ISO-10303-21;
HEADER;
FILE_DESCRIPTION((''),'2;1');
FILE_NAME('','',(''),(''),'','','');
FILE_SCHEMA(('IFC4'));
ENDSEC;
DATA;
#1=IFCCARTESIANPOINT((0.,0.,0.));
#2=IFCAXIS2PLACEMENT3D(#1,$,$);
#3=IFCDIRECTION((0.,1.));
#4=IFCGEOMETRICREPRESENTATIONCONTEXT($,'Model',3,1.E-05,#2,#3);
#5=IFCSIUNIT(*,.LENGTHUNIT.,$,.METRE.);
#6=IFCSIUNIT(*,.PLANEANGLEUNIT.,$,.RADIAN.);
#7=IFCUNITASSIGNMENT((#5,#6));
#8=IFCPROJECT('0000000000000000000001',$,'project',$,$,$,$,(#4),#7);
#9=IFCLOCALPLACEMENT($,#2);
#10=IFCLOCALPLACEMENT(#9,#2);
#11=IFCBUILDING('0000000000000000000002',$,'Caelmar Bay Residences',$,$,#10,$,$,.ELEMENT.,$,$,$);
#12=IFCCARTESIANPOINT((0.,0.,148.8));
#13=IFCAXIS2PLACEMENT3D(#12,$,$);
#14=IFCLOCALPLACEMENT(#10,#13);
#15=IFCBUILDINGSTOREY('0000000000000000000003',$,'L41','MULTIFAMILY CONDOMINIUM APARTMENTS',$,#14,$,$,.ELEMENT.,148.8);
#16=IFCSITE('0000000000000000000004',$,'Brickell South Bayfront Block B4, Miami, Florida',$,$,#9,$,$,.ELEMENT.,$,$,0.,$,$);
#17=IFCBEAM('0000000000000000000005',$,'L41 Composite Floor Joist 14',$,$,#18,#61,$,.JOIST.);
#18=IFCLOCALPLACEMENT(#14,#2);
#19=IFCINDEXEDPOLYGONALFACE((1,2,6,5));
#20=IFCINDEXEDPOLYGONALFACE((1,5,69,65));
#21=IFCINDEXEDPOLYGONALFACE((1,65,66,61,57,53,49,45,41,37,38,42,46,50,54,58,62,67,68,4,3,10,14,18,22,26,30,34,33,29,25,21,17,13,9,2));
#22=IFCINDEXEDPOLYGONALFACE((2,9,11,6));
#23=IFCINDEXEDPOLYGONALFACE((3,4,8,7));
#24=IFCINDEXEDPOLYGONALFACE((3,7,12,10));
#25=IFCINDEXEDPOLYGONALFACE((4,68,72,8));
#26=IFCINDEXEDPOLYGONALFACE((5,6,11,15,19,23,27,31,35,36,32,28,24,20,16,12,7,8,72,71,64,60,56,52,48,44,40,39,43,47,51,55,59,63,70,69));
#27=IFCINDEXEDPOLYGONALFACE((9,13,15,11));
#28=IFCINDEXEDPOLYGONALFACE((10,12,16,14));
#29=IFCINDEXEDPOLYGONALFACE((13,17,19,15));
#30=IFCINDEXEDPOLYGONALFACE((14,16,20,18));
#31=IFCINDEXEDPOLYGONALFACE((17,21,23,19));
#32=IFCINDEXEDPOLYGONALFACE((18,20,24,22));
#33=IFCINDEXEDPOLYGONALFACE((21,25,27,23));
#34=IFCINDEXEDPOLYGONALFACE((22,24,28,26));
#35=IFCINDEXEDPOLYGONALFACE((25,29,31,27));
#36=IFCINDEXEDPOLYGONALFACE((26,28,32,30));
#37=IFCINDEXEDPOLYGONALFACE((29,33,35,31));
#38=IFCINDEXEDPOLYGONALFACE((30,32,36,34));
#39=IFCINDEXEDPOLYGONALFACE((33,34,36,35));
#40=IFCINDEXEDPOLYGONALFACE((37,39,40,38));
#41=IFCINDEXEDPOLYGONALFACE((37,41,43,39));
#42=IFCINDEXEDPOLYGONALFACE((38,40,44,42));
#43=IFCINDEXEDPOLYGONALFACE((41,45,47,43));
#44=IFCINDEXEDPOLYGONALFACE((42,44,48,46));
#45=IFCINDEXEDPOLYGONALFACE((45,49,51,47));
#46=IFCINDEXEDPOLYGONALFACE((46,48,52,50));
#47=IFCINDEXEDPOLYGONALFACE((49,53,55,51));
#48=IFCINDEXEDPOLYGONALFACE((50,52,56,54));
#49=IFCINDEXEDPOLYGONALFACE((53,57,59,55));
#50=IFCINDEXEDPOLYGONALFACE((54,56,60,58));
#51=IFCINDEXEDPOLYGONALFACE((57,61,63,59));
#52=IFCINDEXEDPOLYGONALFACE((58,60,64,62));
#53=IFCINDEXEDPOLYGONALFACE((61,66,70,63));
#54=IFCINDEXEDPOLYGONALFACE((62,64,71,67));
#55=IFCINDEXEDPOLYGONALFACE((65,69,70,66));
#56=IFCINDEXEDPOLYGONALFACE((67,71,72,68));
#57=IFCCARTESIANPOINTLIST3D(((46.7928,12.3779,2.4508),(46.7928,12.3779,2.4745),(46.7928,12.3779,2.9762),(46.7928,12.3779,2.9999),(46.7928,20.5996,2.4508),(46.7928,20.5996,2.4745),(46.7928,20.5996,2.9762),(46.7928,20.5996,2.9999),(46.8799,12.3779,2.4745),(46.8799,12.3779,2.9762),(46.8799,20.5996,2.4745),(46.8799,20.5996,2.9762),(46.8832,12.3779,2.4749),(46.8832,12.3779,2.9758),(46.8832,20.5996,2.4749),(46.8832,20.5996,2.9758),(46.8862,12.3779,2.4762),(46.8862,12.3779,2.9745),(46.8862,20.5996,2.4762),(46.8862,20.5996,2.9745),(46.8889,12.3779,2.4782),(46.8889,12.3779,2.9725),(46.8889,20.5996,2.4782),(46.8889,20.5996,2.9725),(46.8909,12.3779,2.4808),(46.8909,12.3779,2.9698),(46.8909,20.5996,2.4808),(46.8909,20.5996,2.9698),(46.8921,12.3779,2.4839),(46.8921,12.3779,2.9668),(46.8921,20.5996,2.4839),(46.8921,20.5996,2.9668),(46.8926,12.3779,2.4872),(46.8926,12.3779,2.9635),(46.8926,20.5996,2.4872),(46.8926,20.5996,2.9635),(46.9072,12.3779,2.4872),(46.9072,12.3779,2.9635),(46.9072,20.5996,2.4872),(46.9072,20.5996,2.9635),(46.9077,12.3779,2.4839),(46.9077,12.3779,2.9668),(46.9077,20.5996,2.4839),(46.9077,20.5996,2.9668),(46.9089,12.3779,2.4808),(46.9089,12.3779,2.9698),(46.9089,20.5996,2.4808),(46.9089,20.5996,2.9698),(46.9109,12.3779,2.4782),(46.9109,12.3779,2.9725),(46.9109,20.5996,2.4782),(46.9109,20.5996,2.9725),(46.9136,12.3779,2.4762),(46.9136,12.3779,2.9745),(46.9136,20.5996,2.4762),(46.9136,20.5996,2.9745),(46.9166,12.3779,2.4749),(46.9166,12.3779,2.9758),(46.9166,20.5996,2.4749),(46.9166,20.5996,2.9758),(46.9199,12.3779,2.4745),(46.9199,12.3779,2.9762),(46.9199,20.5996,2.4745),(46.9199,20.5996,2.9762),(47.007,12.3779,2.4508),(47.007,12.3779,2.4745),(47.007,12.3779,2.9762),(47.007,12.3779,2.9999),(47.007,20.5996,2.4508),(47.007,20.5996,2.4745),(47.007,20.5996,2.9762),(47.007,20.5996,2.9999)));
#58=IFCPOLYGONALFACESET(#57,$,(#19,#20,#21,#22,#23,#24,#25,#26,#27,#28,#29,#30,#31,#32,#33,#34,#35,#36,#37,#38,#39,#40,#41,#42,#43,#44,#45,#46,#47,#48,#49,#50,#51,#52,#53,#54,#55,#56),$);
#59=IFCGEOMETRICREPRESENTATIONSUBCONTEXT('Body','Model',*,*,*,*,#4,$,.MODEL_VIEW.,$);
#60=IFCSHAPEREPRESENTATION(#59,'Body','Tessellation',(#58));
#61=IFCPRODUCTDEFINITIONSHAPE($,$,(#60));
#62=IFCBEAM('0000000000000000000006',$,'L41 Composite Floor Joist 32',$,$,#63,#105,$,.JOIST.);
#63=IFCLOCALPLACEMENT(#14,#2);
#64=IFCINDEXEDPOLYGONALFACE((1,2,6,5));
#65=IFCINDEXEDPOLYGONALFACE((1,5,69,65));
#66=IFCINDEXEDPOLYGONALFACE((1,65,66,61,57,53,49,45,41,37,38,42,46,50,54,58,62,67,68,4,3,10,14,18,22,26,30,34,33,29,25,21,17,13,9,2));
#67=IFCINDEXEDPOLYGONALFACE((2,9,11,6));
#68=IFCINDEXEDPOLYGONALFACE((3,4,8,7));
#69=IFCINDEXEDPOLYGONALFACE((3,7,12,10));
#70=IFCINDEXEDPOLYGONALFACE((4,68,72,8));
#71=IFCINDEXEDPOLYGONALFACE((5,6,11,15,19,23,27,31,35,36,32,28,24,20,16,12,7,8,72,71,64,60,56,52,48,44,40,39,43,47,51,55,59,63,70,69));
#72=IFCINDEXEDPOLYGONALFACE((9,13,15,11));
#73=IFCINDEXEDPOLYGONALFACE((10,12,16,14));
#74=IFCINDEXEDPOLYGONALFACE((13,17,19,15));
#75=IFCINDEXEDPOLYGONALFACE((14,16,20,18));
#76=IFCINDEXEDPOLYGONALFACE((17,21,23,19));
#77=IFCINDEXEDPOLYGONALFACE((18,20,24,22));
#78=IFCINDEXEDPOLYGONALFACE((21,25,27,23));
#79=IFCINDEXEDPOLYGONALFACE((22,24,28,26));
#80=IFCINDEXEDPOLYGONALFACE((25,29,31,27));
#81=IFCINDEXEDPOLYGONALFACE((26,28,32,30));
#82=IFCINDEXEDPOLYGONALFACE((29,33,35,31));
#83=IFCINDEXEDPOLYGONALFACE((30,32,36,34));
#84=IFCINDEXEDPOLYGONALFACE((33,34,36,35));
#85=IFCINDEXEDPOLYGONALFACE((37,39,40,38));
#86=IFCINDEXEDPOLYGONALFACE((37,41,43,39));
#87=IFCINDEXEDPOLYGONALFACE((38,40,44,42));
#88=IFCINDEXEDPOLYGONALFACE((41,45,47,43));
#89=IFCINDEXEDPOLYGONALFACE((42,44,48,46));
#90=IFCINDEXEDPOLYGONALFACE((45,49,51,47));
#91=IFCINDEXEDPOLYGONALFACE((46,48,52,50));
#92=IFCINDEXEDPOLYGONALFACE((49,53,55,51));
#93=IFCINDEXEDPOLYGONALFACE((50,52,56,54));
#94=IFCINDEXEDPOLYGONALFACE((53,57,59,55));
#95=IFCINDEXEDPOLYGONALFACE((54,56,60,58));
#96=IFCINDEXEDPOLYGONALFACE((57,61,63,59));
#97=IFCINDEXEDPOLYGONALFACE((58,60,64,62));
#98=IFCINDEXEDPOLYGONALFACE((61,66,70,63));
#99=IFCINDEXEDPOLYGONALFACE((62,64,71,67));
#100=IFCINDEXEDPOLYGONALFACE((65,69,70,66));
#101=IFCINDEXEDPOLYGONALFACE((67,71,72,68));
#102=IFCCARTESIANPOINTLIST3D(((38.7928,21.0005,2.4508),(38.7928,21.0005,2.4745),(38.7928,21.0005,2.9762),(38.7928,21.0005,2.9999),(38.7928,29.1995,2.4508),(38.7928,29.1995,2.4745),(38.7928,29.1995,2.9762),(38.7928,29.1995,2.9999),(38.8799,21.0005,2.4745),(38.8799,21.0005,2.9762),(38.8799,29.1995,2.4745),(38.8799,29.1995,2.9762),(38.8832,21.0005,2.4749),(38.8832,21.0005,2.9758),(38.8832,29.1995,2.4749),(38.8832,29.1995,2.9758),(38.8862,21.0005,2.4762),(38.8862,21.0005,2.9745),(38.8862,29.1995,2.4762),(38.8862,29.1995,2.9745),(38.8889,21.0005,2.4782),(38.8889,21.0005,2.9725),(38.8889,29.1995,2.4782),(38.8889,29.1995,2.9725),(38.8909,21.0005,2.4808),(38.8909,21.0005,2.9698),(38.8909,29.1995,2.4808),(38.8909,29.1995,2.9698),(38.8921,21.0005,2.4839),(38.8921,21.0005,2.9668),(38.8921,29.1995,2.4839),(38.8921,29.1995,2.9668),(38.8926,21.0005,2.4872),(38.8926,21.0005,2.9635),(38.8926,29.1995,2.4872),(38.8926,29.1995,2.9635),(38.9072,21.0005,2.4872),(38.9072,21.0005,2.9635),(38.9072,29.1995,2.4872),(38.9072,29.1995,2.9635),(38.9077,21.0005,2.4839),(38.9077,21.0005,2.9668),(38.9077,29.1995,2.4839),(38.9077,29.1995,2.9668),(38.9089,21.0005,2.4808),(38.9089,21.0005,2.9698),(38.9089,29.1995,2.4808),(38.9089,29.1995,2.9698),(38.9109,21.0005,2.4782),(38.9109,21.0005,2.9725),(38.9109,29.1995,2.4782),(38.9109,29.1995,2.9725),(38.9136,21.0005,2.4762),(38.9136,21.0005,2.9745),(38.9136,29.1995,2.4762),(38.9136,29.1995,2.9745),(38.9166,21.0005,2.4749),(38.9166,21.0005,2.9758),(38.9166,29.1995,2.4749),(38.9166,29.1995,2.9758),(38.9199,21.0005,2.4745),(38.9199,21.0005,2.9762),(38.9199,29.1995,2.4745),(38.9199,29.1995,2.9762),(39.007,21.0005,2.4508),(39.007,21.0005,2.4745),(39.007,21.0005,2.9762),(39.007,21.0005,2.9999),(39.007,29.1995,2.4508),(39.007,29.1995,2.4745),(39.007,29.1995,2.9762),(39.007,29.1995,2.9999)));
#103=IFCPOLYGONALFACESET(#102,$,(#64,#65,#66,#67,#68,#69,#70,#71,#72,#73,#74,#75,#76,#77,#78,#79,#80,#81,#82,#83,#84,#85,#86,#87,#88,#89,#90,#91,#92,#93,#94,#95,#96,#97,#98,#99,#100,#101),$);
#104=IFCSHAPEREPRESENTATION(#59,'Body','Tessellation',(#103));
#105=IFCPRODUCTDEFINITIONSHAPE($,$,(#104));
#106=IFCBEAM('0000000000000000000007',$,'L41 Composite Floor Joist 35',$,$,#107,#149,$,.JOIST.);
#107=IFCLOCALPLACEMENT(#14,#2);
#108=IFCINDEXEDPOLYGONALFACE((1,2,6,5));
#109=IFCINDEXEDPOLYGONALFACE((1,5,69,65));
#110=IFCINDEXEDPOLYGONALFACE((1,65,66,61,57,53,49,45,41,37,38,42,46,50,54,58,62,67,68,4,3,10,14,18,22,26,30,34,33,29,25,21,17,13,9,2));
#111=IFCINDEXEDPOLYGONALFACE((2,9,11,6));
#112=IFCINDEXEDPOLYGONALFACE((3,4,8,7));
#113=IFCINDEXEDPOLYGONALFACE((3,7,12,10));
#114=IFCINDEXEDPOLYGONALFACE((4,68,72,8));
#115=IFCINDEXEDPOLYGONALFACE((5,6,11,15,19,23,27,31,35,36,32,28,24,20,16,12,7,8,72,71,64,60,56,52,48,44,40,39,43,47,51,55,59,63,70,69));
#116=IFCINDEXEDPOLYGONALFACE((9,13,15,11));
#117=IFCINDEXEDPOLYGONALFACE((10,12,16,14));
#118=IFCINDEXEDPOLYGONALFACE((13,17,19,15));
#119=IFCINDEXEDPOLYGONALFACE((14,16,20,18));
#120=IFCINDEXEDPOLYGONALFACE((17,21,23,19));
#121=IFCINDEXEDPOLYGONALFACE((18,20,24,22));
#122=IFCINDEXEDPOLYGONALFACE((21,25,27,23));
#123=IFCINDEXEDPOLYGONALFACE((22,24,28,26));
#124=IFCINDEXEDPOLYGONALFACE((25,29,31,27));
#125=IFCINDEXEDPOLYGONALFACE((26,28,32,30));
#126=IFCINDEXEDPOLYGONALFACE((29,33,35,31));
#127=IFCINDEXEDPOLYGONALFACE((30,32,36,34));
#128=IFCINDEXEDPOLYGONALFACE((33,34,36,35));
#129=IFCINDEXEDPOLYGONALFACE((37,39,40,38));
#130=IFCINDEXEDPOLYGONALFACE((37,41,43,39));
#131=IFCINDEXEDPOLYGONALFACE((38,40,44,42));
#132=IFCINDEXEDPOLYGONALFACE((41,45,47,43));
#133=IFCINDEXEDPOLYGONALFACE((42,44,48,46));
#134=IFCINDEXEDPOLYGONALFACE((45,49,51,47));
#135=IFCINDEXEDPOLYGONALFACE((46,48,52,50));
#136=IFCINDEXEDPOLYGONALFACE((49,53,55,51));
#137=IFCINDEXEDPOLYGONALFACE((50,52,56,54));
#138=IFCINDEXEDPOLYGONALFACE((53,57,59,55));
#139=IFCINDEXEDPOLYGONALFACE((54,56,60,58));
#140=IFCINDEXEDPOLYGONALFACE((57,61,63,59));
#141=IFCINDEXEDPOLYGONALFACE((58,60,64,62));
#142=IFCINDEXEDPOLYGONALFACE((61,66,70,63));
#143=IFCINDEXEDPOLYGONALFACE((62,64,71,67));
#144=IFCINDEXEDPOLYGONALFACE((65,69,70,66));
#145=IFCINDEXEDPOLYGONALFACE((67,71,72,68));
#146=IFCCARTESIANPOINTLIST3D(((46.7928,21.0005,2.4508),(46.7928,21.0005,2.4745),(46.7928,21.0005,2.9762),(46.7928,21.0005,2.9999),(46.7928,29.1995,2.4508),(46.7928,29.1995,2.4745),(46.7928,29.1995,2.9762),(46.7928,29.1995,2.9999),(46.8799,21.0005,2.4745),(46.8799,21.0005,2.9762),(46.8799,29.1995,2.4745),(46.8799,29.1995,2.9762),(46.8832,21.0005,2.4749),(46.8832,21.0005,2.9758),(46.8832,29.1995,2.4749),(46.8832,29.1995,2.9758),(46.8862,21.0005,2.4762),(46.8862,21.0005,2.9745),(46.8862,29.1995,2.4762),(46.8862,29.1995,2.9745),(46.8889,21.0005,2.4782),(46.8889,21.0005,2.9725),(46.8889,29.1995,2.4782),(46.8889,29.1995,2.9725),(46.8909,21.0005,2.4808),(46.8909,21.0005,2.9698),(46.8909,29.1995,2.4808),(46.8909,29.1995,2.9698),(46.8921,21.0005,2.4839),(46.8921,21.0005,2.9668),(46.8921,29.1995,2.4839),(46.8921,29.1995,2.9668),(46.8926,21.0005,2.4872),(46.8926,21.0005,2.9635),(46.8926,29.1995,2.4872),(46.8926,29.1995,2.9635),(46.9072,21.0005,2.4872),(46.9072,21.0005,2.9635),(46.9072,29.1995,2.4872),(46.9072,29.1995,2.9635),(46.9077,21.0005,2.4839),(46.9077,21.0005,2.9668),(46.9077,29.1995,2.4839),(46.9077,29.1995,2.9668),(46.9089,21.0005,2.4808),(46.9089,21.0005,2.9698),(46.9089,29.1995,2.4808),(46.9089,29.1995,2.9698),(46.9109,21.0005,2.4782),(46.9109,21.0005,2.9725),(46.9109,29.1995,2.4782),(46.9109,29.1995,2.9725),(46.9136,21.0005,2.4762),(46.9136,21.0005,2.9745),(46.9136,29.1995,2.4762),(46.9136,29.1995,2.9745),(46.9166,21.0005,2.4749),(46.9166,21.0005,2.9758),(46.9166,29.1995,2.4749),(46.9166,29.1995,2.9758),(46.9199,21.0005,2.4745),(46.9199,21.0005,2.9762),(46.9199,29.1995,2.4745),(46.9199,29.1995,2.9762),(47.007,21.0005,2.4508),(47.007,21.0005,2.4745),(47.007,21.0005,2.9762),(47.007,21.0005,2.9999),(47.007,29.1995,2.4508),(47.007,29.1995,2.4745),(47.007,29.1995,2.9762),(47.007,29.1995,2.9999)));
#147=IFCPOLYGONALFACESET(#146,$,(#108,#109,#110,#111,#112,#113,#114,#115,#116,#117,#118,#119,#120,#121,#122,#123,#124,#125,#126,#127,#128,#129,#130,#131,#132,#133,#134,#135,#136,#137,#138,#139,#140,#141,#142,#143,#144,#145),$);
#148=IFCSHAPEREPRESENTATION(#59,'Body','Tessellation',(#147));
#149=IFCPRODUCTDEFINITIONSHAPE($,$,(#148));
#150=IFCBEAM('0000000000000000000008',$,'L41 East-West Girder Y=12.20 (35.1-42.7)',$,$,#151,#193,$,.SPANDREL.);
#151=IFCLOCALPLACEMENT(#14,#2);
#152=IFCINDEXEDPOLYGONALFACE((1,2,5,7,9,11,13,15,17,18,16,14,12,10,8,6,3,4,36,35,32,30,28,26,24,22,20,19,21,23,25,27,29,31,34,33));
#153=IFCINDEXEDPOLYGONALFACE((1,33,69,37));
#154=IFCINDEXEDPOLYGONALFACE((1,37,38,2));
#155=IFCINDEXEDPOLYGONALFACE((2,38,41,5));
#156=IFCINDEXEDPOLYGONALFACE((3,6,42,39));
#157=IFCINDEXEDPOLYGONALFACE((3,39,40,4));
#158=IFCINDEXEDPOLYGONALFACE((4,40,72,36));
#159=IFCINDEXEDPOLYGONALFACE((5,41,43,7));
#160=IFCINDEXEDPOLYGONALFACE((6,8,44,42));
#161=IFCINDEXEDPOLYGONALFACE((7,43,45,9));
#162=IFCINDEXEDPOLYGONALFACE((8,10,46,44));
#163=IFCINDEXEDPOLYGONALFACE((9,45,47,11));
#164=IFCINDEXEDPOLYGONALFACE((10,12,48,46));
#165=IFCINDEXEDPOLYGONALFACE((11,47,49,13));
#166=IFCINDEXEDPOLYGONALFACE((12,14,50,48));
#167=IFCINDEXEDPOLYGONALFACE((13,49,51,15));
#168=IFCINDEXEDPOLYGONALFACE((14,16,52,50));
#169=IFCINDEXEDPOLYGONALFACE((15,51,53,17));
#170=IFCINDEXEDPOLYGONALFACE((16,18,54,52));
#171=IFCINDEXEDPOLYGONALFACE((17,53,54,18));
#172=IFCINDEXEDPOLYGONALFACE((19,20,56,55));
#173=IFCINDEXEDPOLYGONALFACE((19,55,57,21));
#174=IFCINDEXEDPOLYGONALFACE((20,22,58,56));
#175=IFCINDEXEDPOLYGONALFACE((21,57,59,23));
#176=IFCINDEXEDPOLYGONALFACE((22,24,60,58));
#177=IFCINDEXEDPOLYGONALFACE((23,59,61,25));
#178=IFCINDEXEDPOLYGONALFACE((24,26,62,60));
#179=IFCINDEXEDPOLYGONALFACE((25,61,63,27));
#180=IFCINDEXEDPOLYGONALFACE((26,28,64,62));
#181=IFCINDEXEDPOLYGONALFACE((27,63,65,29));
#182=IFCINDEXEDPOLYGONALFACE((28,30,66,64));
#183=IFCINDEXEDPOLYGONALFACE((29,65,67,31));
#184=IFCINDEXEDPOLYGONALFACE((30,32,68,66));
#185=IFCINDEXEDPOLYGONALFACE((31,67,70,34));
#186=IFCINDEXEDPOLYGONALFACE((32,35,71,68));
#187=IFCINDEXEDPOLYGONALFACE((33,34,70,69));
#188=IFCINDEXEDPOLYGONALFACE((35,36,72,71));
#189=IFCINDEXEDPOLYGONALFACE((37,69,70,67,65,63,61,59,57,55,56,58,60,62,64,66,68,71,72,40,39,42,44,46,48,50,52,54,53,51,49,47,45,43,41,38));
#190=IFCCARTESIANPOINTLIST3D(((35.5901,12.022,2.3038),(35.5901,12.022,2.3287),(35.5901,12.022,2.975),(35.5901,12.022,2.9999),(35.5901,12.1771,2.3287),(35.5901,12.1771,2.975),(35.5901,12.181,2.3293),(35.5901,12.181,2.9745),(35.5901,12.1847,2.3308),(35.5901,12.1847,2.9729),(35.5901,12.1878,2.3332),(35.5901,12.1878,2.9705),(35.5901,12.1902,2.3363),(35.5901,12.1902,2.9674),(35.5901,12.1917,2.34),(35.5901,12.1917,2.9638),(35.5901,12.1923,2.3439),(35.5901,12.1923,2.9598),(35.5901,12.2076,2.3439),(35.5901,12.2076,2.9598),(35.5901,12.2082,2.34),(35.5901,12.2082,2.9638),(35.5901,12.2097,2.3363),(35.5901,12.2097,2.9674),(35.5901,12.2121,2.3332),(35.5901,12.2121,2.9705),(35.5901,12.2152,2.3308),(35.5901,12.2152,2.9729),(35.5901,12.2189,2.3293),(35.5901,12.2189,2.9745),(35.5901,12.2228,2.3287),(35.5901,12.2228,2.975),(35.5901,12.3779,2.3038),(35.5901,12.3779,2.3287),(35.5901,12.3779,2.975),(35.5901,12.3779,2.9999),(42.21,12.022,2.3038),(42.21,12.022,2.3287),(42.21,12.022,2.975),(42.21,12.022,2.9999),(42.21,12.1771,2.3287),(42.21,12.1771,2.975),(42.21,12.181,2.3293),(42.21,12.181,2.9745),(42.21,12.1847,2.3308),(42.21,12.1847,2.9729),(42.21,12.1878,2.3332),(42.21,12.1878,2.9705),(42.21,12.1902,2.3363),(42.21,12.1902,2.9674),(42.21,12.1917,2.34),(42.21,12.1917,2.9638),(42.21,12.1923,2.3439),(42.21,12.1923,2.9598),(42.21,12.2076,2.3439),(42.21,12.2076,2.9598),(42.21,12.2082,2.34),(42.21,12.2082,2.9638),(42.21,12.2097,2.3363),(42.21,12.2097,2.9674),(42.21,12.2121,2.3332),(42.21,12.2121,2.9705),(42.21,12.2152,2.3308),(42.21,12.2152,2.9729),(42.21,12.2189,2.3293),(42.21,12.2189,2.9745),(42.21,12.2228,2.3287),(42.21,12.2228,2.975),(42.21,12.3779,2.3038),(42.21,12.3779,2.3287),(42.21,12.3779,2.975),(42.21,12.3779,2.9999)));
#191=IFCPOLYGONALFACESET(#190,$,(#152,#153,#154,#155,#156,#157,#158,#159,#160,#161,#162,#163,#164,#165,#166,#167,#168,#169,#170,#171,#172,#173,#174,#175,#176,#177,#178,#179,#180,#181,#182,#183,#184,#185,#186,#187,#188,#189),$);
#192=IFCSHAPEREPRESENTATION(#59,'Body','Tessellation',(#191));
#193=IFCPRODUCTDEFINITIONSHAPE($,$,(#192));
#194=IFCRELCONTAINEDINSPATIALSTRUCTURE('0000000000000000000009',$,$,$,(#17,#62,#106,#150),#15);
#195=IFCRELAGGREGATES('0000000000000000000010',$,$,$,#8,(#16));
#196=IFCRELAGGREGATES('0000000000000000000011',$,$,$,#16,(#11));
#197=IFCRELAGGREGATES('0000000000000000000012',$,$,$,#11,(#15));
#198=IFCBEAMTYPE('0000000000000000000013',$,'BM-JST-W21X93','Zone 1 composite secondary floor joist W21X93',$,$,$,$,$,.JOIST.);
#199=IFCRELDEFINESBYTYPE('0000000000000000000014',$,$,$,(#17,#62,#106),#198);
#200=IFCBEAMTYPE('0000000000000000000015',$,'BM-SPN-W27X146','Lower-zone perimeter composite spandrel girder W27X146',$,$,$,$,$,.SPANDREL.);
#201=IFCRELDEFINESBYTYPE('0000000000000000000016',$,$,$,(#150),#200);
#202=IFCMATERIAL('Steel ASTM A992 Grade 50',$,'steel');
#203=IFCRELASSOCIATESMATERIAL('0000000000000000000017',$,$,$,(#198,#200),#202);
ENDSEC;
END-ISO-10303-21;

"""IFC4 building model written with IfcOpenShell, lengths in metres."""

from ifc_helpers import new_model, si_unit, direction, frame, origin, origin_2d, place, context, subcontext, project, spatial, i_section, extrude, material, material_profile, profile_set, type_object, element, save


model = new_model("IFC4")

# Units and contexts
model_context = context("Model", 3, precision=1e-05, world=origin(), true_north=direction((0.0, 1.0)))
body_context = subcontext(model_context, "Body", "Model", "MODEL_VIEW")
ifc_project = project(units=[si_unit("LENGTHUNIT", "METRE"), si_unit("PLANEANGLEUNIT", "RADIAN")], contexts=[model_context])

# Site, building, storey
site_placement = place(None, origin())
site = spatial("IfcSite", under=ifc_project, at=site_placement, Name="Brickell South Bayfront Block B4, Miami, Florida", CompositionType="ELEMENT", RefElevation=0.0)
building_placement = place(site_placement, origin())
building = spatial("IfcBuilding", under=site, at=building_placement, Name="Caelmar Bay Residences", CompositionType="ELEMENT")
storey_placement = place(building_placement, frame((0.0, 0.0, 148.8)))
storey = spatial("IfcBuildingStorey", under=building, at=storey_placement, Name="L41", Description="MULTIFAMILY CONDOMINIUM APARTMENTS", CompositionType="ELEMENT", Elevation=148.8)

# Beams
ifc_material_1 = material(Name="Steel ASTM A992 Grade 50", Category="steel")
ifc_material_profile_1 = material_profile(ifc_material_1, i_section(OverallWidth=0.2141, OverallDepth=0.5491, WebThickness=0.0146, FlangeThickness=0.0237, FilletRadius=0.0127, at=origin_2d()), Name="W21X93")
ifc_profile_set_1 = profile_set([ifc_material_profile_1], Name="Steel ASTM A992 Grade 50")
beam_type_1 = type_object("IfcBeamType", Name="BM-JST-W21X93", Description="Zone 1 composite secondary floor joist W21X93", PredefinedType="JOIST", material=ifc_profile_set_1)
for number, where, z_axis, x_axis, name in (
    (1, (46.8999, 12.3779, 2.7253), (0.0, 1.0, 0.0), (-1.0, 0.0, 0.0), "L41 Composite Floor Joist 14"),
):
    element("IfcBeam", number, at=place(storey_placement, frame(where, z_axis=z_axis, x_axis=x_axis)), inside=storey, type_object=beam_type_1, Name=name, PredefinedType="JOIST", context=body_context, shape_type="SweptSolid", body=[
        extrude(i_section(OverallWidth=0.2141, OverallDepth=0.5491, WebThickness=0.0146, FlangeThickness=0.0237, FilletRadius=0.0127, at=origin_2d()), origin(), (0.0, 0.0, 1.0), 8.2217),
    ])
for number, where, z_axis, x_axis, name in (
    (2, (38.8999, 21.0005, 2.7253), (0.0, 1.0, 0.0), (-1.0, 0.0, 0.0), "L41 Composite Floor Joist 32"),
    (3, (46.8999, 21.0005, 2.7253), (0.0, 1.0, 0.0), (-1.0, 0.0, 0.0), "L41 Composite Floor Joist 35"),
):
    element("IfcBeam", number, at=place(storey_placement, frame(where, z_axis=z_axis, x_axis=x_axis)), inside=storey, type_object=beam_type_1, Name=name, PredefinedType="JOIST", context=body_context, shape_type="SweptSolid", body=[
        extrude(i_section(OverallWidth=0.2141, OverallDepth=0.5491, WebThickness=0.0146, FlangeThickness=0.0237, FilletRadius=0.0127, at=origin_2d()), origin(), (0.0, 0.0, 1.0), 8.199),
    ])
ifc_material_profile_2 = material_profile(ifc_material_1, i_section(OverallWidth=0.356, OverallDepth=0.696, WebThickness=0.0154, FlangeThickness=0.0249, FilletRadius=0.0151, at=origin_2d()), Name="W27X146")
ifc_profile_set_2 = profile_set([ifc_material_profile_2], Name="Steel ASTM A992 Grade 50")
beam_type_2 = type_object("IfcBeamType", Name="BM-SPN-W27X146", Description="Lower-zone perimeter composite spandrel girder W27X146", PredefinedType="SPANDREL", material=ifc_profile_set_2)
beam_1_placement = place(storey_placement, frame((35.5901, 12.2, 2.6519), z_axis=(1.0, 0.0, 0.0), x_axis=(0.0, 1.0, 0.0)))
element("IfcBeam", 4, at=beam_1_placement, inside=storey, type_object=beam_type_2, Name="L41 East-West Girder Y=12.20 (35.1-42.7)", PredefinedType="SPANDREL", context=body_context, shape_type="SweptSolid", body=[
    extrude(i_section(OverallWidth=0.356, OverallDepth=0.696, WebThickness=0.0154, FlangeThickness=0.0249, FilletRadius=0.0151, at=origin_2d()), origin(), (0.0, 0.0, 1.0), 6.6199),
])

save(model, "model.ifc")
